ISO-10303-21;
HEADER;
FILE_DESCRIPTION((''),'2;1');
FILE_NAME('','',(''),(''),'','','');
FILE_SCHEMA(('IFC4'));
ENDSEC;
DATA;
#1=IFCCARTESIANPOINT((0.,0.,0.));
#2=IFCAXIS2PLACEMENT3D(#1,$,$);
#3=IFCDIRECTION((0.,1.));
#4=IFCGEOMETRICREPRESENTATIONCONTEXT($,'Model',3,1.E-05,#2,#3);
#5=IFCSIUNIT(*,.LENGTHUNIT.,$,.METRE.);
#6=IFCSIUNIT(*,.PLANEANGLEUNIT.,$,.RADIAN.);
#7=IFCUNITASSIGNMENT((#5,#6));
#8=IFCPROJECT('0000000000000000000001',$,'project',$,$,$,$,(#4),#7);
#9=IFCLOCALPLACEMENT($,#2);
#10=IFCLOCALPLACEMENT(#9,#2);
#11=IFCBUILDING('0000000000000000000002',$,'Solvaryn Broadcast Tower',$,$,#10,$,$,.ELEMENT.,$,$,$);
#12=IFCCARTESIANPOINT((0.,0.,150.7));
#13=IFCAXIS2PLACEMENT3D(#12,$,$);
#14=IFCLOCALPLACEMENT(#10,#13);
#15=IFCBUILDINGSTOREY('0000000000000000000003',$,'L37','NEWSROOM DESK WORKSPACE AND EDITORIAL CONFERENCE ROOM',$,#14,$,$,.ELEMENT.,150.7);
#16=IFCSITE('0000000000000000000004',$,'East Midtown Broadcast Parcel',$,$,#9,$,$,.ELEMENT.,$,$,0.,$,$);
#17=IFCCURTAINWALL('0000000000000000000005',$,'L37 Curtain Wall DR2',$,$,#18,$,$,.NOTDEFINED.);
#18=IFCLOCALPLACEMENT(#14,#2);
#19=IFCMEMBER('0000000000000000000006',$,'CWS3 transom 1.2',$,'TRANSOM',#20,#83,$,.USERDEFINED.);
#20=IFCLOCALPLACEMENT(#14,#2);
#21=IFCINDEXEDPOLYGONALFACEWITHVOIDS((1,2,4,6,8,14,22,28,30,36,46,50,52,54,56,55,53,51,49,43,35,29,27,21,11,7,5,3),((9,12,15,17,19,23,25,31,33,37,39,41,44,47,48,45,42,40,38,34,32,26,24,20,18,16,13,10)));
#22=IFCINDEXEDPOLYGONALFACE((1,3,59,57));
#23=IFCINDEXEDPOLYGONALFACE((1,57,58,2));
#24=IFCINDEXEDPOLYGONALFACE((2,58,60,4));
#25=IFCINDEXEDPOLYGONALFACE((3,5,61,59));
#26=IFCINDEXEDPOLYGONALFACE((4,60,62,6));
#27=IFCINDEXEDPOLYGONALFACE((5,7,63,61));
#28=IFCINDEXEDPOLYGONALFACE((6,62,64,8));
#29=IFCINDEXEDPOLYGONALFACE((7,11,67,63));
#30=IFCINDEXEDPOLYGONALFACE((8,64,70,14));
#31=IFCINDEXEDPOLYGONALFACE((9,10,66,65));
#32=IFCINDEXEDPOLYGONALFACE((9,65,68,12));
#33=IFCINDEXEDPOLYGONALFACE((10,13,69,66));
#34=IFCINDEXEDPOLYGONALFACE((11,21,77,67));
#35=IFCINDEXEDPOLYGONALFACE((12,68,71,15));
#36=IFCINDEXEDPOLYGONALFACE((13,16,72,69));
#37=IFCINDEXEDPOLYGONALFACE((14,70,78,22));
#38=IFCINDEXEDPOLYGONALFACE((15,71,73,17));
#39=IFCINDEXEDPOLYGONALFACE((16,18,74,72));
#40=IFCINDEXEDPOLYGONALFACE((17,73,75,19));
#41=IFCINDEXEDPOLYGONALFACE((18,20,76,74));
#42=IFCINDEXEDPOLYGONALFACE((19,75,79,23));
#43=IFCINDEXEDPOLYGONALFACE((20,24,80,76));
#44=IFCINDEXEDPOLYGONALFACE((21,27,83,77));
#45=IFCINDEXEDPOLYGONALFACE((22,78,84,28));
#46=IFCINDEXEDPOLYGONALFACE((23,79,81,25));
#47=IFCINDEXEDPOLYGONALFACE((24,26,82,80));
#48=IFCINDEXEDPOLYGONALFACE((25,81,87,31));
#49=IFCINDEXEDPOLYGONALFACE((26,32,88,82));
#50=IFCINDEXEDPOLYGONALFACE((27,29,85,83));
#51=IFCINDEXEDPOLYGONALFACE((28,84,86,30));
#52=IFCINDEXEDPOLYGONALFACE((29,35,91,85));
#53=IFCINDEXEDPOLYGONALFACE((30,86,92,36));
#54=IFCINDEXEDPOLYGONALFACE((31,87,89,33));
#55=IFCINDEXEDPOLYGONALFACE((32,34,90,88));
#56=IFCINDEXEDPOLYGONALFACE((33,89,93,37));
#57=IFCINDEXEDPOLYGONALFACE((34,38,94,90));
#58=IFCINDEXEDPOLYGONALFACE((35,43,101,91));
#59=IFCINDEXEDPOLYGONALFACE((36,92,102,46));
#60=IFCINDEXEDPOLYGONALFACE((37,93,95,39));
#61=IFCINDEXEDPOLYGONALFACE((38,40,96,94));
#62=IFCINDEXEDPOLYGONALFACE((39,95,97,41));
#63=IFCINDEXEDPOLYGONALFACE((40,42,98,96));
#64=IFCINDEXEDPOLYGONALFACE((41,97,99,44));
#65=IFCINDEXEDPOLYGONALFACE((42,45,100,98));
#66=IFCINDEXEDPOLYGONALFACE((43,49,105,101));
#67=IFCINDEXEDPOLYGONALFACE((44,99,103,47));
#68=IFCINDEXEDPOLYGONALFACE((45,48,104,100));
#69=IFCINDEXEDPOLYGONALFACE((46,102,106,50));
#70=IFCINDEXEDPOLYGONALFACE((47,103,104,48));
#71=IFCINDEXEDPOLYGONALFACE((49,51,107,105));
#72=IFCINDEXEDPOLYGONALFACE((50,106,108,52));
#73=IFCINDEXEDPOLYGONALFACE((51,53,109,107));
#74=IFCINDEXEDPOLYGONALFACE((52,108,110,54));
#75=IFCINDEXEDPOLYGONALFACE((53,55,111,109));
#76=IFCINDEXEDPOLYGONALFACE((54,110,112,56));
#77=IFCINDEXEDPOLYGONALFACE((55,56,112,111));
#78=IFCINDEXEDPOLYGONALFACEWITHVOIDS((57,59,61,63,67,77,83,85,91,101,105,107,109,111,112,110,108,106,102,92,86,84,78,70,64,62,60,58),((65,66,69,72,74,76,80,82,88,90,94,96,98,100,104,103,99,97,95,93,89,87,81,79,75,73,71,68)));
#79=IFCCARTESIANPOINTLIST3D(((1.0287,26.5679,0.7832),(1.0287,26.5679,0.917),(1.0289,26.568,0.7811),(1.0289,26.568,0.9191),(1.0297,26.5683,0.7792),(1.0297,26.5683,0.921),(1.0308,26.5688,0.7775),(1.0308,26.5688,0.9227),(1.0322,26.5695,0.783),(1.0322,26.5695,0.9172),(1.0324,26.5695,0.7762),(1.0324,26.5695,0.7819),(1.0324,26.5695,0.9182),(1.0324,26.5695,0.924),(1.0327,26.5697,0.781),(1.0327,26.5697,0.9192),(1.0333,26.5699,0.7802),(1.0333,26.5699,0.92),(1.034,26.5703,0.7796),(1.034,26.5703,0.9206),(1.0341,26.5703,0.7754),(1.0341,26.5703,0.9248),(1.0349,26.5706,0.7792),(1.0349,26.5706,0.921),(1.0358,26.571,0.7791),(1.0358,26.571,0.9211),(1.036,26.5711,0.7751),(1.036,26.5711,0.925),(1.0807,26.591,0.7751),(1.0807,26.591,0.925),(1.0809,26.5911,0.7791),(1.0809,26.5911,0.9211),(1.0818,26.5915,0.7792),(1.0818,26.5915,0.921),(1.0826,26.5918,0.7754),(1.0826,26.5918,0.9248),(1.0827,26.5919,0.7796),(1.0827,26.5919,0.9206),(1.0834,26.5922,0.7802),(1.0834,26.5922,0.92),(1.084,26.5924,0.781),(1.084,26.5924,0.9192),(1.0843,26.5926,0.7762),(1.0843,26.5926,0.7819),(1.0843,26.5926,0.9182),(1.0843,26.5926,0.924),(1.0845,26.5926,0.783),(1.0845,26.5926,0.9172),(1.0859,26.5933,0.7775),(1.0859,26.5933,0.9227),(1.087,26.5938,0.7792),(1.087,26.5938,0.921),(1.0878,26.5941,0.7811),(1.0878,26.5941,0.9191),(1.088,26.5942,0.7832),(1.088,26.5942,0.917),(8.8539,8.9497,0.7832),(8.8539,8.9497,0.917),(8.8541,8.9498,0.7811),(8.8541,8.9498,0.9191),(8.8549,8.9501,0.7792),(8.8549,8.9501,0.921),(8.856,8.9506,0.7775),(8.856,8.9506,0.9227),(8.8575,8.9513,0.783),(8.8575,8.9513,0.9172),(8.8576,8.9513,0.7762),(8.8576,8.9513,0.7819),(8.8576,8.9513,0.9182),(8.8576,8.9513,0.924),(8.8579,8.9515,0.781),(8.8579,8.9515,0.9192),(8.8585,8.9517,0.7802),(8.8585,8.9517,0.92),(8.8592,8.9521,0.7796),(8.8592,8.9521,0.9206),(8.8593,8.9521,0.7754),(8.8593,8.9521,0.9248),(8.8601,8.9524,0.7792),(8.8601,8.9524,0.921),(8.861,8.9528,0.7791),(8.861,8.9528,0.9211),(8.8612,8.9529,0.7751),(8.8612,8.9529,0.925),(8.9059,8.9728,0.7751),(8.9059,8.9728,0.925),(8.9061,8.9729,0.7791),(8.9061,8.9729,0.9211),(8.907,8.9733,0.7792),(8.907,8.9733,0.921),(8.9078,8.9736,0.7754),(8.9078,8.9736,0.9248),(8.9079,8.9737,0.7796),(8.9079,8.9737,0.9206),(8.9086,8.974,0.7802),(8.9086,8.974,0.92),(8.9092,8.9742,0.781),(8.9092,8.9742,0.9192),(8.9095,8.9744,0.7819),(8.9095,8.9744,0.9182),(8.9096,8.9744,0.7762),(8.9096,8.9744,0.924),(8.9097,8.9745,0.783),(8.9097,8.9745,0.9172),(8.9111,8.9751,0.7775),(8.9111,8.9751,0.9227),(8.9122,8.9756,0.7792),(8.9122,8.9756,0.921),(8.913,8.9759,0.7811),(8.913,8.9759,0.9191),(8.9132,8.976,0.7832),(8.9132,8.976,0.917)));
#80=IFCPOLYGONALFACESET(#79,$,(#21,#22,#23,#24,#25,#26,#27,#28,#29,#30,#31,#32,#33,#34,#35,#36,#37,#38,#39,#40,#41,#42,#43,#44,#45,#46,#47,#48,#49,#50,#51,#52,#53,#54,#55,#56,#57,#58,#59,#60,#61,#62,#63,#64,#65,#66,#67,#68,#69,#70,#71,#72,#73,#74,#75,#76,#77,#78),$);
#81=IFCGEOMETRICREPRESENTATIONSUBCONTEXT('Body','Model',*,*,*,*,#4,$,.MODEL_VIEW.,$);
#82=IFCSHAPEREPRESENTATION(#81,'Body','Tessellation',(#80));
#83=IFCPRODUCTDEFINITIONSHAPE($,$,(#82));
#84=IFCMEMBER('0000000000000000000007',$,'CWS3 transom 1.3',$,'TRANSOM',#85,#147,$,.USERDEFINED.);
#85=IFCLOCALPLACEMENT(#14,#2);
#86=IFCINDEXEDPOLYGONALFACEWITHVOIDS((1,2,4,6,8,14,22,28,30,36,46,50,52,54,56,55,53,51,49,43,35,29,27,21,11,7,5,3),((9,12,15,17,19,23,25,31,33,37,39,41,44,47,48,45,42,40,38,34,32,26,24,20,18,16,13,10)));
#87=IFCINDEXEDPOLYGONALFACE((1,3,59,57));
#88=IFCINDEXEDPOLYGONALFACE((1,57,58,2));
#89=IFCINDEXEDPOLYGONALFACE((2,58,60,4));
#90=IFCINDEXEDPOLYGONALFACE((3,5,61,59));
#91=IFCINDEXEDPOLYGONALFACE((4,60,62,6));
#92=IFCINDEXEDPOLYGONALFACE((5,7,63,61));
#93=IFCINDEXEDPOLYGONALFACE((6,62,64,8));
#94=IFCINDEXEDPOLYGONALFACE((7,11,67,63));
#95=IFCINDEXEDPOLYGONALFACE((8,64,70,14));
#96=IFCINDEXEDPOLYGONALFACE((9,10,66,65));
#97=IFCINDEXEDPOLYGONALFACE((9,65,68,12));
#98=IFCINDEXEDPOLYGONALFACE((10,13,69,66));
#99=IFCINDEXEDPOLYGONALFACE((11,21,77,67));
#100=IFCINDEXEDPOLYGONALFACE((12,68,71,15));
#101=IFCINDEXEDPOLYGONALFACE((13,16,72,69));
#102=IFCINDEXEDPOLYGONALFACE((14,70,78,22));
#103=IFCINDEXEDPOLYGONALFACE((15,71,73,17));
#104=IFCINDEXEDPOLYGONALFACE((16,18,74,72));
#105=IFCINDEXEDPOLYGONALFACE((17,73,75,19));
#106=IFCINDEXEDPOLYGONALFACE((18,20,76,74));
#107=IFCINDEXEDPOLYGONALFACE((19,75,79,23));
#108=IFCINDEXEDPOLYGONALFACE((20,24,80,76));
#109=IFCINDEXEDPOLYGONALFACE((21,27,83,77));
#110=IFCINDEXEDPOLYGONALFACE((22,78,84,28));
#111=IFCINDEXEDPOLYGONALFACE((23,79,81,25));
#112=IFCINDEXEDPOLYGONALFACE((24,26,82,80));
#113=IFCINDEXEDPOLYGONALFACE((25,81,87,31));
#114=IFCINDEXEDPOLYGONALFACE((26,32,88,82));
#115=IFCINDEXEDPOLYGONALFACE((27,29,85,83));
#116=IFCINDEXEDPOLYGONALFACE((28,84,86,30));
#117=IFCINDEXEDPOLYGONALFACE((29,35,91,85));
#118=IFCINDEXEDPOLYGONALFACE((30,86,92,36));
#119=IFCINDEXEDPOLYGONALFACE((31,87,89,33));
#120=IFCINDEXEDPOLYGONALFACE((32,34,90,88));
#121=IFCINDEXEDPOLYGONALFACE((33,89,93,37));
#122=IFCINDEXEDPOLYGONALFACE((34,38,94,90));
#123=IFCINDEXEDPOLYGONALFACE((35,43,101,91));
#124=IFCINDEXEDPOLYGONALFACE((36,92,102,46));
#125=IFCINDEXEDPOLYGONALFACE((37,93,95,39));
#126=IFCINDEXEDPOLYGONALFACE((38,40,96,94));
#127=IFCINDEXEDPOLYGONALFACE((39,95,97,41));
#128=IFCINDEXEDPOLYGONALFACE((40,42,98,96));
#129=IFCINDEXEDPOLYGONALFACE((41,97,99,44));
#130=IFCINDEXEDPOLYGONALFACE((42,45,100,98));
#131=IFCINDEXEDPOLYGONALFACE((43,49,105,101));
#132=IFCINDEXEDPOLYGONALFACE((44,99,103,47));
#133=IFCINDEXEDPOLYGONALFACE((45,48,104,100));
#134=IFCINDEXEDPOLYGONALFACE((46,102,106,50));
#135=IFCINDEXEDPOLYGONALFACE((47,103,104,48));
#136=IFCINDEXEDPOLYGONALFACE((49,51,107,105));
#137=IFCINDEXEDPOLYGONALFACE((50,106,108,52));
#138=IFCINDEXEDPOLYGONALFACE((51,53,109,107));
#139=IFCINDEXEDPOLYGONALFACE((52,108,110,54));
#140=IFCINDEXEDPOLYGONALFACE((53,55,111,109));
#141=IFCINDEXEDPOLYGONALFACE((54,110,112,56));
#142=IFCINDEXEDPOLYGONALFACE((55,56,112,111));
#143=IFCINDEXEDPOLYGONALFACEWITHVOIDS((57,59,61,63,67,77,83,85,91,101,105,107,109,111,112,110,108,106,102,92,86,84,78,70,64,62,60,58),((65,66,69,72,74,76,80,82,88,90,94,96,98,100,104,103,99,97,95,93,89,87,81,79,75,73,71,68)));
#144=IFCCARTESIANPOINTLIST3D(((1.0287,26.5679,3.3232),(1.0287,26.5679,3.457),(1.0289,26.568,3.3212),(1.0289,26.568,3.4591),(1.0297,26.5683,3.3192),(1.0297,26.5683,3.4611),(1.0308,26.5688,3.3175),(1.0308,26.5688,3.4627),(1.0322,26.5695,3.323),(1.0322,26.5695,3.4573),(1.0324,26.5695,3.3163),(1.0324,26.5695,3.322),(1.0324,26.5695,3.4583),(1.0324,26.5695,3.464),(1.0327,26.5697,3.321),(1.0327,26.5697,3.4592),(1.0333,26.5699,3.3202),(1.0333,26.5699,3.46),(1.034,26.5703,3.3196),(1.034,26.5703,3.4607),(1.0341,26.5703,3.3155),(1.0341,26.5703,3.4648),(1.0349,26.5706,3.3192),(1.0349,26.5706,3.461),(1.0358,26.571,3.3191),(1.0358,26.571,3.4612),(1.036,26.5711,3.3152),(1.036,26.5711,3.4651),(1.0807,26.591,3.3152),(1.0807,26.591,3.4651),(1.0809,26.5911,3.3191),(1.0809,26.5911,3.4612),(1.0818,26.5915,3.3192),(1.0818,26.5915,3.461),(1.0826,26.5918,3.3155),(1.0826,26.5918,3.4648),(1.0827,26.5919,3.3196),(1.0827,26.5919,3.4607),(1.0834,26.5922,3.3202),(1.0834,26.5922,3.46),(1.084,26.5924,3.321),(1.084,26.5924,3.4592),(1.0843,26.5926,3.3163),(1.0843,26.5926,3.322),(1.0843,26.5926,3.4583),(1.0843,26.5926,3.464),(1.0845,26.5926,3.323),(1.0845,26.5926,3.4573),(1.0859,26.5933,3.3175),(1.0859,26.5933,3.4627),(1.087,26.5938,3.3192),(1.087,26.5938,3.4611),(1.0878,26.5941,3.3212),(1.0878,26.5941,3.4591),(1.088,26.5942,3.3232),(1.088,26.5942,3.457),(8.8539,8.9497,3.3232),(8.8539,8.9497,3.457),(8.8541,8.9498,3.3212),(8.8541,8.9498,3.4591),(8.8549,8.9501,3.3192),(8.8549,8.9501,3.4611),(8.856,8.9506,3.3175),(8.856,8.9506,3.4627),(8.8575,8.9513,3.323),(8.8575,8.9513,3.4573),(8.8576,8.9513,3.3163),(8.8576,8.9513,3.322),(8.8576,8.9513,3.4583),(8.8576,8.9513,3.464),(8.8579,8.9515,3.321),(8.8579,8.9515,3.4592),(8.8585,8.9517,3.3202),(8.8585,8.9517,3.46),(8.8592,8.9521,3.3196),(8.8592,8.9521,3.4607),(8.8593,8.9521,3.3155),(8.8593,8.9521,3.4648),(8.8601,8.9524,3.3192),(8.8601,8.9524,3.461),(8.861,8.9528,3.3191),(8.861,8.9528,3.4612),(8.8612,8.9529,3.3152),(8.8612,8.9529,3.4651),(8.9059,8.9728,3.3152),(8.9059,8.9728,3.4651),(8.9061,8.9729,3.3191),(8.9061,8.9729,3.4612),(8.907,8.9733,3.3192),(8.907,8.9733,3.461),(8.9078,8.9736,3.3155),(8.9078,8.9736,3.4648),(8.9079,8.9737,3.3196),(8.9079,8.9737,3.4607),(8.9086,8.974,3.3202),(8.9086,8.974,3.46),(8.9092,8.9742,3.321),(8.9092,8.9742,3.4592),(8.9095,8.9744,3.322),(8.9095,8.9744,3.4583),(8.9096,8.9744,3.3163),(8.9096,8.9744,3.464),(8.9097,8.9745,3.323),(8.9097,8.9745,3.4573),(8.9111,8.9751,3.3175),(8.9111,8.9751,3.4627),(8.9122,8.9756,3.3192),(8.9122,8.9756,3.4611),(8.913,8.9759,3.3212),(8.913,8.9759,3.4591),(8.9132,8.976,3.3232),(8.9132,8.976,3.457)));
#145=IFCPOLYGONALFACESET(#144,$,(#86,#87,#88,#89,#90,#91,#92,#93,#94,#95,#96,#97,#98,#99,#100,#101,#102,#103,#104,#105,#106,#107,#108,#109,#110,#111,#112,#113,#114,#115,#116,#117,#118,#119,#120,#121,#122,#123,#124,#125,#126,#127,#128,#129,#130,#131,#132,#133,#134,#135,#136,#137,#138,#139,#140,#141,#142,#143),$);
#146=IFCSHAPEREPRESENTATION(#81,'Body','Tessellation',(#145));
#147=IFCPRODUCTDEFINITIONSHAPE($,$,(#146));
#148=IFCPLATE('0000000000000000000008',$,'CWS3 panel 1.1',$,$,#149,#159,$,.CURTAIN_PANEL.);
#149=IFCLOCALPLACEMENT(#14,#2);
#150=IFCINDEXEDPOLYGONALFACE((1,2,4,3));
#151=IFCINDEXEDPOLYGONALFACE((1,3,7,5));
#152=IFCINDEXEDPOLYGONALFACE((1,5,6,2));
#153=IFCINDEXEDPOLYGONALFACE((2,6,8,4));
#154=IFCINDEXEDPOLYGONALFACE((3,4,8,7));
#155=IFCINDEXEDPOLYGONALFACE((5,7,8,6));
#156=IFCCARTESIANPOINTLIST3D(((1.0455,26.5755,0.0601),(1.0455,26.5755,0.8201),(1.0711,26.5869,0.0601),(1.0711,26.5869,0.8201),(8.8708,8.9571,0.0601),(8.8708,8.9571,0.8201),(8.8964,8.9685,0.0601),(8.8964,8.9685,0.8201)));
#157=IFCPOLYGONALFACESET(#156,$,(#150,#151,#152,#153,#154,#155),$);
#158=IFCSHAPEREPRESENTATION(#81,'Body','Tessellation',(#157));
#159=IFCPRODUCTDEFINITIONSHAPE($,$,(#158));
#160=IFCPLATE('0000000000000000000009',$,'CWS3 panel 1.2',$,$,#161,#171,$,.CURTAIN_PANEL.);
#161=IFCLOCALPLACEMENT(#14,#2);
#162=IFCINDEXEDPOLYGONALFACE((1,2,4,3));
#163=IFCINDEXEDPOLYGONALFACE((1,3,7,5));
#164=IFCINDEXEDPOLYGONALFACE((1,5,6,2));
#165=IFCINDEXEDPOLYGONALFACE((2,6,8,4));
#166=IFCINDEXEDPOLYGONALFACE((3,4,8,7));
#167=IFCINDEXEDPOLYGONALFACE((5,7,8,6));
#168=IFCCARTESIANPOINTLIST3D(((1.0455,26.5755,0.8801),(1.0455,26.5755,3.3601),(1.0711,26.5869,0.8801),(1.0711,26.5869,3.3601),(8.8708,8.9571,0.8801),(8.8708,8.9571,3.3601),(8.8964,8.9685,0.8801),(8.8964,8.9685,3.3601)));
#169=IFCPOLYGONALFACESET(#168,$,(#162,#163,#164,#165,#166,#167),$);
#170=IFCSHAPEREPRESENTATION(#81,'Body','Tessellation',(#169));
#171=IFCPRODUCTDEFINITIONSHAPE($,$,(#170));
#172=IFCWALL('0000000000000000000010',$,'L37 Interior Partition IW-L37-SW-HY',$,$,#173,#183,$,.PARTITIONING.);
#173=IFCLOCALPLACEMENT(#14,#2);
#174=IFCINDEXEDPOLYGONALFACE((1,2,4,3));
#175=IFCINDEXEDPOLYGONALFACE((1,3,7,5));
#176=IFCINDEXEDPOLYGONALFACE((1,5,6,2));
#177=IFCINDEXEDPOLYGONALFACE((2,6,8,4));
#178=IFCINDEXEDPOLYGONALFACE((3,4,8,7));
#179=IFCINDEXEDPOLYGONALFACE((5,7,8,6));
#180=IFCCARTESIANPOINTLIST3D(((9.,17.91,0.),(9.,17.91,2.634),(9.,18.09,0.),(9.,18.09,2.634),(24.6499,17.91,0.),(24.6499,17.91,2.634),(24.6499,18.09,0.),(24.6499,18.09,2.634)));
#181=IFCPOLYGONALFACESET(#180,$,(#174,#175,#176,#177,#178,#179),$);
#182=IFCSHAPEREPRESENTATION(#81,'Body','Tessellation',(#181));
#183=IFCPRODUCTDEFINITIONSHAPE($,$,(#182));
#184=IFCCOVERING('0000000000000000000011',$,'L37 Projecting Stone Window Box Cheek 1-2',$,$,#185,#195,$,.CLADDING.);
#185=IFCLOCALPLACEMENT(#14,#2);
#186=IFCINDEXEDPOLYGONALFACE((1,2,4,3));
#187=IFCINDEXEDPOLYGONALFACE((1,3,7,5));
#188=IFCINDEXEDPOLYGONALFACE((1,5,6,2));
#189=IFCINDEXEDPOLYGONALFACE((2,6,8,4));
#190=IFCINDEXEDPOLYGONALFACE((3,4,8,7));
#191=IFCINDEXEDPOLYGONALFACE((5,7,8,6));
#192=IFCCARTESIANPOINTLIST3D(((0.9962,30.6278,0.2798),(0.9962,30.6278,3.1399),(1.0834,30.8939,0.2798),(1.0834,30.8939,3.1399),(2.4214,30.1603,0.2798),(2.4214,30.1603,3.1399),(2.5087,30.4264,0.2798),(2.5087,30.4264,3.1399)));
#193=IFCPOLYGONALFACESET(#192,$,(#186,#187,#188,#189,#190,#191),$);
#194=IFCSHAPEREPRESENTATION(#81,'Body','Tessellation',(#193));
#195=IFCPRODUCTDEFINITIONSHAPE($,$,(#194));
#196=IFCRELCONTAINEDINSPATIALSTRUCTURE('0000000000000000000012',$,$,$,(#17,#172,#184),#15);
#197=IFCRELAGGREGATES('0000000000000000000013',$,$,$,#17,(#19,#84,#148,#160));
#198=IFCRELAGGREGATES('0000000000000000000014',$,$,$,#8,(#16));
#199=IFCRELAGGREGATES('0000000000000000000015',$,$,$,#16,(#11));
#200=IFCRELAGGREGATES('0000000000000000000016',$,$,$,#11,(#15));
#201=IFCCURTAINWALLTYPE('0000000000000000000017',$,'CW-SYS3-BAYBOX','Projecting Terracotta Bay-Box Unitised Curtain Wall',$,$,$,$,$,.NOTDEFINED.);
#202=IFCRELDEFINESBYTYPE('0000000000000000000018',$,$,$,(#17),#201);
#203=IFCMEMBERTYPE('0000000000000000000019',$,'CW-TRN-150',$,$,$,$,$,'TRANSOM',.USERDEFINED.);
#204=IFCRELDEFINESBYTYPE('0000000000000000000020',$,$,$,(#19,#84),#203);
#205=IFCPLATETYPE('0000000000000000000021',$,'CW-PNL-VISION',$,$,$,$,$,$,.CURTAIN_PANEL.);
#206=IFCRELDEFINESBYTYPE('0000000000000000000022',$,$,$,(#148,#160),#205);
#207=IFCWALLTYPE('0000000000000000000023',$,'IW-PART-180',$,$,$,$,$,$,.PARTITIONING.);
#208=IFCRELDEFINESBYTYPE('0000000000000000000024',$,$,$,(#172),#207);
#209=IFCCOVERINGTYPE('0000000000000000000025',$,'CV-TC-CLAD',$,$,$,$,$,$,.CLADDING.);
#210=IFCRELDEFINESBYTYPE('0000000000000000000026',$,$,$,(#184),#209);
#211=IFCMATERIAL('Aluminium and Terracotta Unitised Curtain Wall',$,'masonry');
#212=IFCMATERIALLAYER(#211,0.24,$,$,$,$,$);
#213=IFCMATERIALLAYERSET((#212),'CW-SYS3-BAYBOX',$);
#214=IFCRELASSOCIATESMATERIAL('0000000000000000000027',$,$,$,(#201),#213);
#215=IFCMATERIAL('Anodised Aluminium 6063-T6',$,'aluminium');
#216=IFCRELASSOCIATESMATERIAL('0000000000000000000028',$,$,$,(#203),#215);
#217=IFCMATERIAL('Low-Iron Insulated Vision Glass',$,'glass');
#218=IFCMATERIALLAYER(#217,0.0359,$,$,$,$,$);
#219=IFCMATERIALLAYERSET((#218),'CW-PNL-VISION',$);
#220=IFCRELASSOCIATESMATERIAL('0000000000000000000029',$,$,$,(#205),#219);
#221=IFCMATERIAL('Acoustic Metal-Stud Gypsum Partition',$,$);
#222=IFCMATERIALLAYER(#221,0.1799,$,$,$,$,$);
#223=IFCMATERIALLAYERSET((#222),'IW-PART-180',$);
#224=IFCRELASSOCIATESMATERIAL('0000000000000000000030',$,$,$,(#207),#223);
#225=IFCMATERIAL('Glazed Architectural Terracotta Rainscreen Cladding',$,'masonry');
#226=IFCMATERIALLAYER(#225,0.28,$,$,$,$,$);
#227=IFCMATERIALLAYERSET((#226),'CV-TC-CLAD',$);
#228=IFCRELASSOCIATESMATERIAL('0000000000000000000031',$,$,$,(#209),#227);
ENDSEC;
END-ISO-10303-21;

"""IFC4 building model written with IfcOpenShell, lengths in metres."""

from ifc_helpers import new_model, si_unit, direction, frame, frame_2d, origin, origin_2d, place, context, subcontext, project, spatial, rectangle, hollow_rectangle, extrude, material, layer, layer_set, material_profile, profile_set, type_object, element, aggregate, save


model = new_model("IFC4")

# Units and contexts
model_context = context("Model", 3, precision=1e-05, world=origin(), true_north=direction((0.0, 1.0)))
body_context = subcontext(model_context, "Body", "Model", "MODEL_VIEW")
ifc_project = project(units=[si_unit("LENGTHUNIT", "METRE"), si_unit("PLANEANGLEUNIT", "RADIAN")], contexts=[model_context])

# Site, building, storey
site_placement = place(None, origin())
site = spatial("IfcSite", under=ifc_project, at=site_placement, Name="East Midtown Broadcast Parcel", CompositionType="ELEMENT", RefElevation=0.0)
building_placement = place(site_placement, origin())
building = spatial("IfcBuilding", under=site, at=building_placement, Name="Solvaryn Broadcast Tower", CompositionType="ELEMENT")
storey_placement = place(building_placement, frame((0.0, 0.0, 150.7)))
storey = spatial("IfcBuildingStorey", under=building, at=storey_placement, Name="L37", Description="NEWSROOM DESK WORKSPACE AND EDITORIAL CONFERENCE ROOM", CompositionType="ELEMENT", Elevation=150.7)

# Curtain wall, members, plates
ifc_material_1 = material(Name="Aluminium and Terracotta Unitised Curtain Wall", Category="masonry")
ifc_layer_1 = layer(ifc_material_1, 0.24)
ifc_layer_set_1 = layer_set([ifc_layer_1], Name="CW-SYS3-BAYBOX")
curtain_wall_type_1 = type_object("IfcCurtainWallType", Name="CW-SYS3-BAYBOX", Description="Projecting Terracotta Bay-Box Unitised Curtain Wall", PredefinedType="NOTDEFINED", material=ifc_layer_set_1)
curtain_wall_1_placement = place(storey_placement, origin())
curtain_wall_1 = element("IfcCurtainWall", 1, at=curtain_wall_1_placement, inside=storey, type_object=curtain_wall_type_1, Name="L37 Curtain Wall DR2", PredefinedType="NOTDEFINED")
ifc_material_2 = material(Name="Anodised Aluminium 6063-T6", Category="aluminium")
ifc_material_profile_1 = material_profile(ifc_material_2, hollow_rectangle(XDim=0.0649, YDim=0.1499, WallThickness=0.0039, InnerFilletRadius=0.0039, OuterFilletRadius=0.0081, at=origin_2d()))
ifc_profile_set_1 = profile_set([ifc_material_profile_1], Name="Anodised Aluminium 6063-T6")
member_type_1 = type_object("IfcMemberType", Name="CW-TRN-150", ElementType="TRANSOM", PredefinedType="USERDEFINED", material=ifc_profile_set_1)
member_1_placement = place(storey_placement, frame((1.0583, 26.5811, 0.8501), z_axis=(0.405918, -0.91391, 0.0), x_axis=(0.91391, 0.405918, 0.0)))
member_1 = element("IfcMember", 2, at=member_1_placement, type_object=member_type_1, Name="CWS3 transom 1.2", ObjectType="TRANSOM", PredefinedType="USERDEFINED", context=body_context, shape_type="SweptSolid", body=[
    extrude(hollow_rectangle(XDim=0.0649, YDim=0.1499, WallThickness=0.0039, InnerFilletRadius=0.0039, OuterFilletRadius=0.0081, at=origin_2d()), origin(), (0.0, 0.0, 1.0), 19.2778),
])
member_2_placement = place(storey_placement, frame((1.0583, 26.5811, 3.3901), z_axis=(0.405918, -0.91391, 0.0), x_axis=(0.91391, 0.405918, 0.0)))
member_2 = element("IfcMember", 3, at=member_2_placement, type_object=member_type_1, Name="CWS3 transom 1.3", ObjectType="TRANSOM", PredefinedType="USERDEFINED", context=body_context, shape_type="SweptSolid", body=[
    extrude(hollow_rectangle(XDim=0.0649, YDim=0.1499, WallThickness=0.0039, InnerFilletRadius=0.0039, OuterFilletRadius=0.0081, at=origin_2d()), origin(), (0.0, 0.0, 1.0), 19.2778),
])
ifc_material_3 = material(Name="Low-Iron Insulated Vision Glass", Category="glass")
ifc_layer_2 = layer(ifc_material_3, 0.0359)
ifc_layer_set_2 = layer_set([ifc_layer_2], Name="CW-PNL-VISION")
plate_type = type_object("IfcPlateType", Name="CW-PNL-VISION", PredefinedType="CURTAIN_PANEL", material=ifc_layer_set_2)
plate_1_placement = place(storey_placement, frame((4.9709, 17.772, 0.0601), z_axis=(0.0, 0.0, 1.0), x_axis=(0.405918, -0.913909, 0.0)))
plate_1 = element("IfcPlate", 4, at=plate_1_placement, type_object=plate_type, Name="CWS3 panel 1.1", PredefinedType="CURTAIN_PANEL", context=body_context, shape_type="SweptSolid", body=[
    extrude(rectangle(XDim=19.2781, YDim=0.0281, at=origin_2d()), origin(), (0.0, 0.0, 1.0), 0.76),
])
plate_2_placement = place(storey_placement, frame((4.9709, 17.772, 0.8801), z_axis=(0.0, 0.0, 1.0), x_axis=(0.405918, -0.913909, 0.0)))
plate_2 = element("IfcPlate", 5, at=plate_2_placement, type_object=plate_type, Name="CWS3 panel 1.2", PredefinedType="CURTAIN_PANEL", context=body_context, shape_type="SweptSolid", body=[
    extrude(rectangle(XDim=19.2781, YDim=0.0281, at=origin_2d()), origin(), (0.0, 0.0, 1.0), 2.48),
])
aggregate(curtain_wall_1, [member_1, member_2, plate_1, plate_2])

# Wall
ifc_material_4 = material(Name="Acoustic Metal-Stud Gypsum Partition")
ifc_layer_3 = layer(ifc_material_4, 0.1799)
ifc_layer_set_3 = layer_set([ifc_layer_3], Name="IW-PART-180")
wall_type = type_object("IfcWallType", Name="IW-PART-180", PredefinedType="PARTITIONING", material=ifc_layer_set_3)
wall_placement = place(storey_placement, frame((9.0, 18.0, 0.0), z_axis=(0.0, 0.0, 1.0), x_axis=(1.0, 0.0, 0.0)))
element("IfcWall", 6, at=wall_placement, inside=storey, type_object=wall_type, Name="L37 Interior Partition IW-L37-SW-HY", PredefinedType="PARTITIONING", context=body_context, shape_type="SweptSolid", body=[
    extrude(rectangle(XDim=15.6499, YDim=0.1799, at=frame_2d((7.825, 0.0))), origin(), (0.0, 0.0, 1.0), 2.634),
])

# Covering
ifc_material_5 = material(Name="Glazed Architectural Terracotta Rainscreen Cladding", Category="masonry")
ifc_layer_4 = layer(ifc_material_5, 0.28)
ifc_layer_set_4 = layer_set([ifc_layer_4], Name="CV-TC-CLAD")
covering_type_1 = type_object("IfcCoveringType", Name="CV-TC-CLAD", PredefinedType="CLADDING", material=ifc_layer_set_4)
covering_placement = place(storey_placement, frame((1.7524, 30.5271, 0.2798), z_axis=(0.0, 0.0, 1.0), x_axis=(-0.311672, -0.95019, 0.0)))
element("IfcCovering", 7, at=covering_placement, inside=storey, type_object=covering_type_1, Name="L37 Projecting Stone Window Box Cheek 1-2", PredefinedType="CLADDING", context=body_context, shape_type="SweptSolid", body=[
    extrude(rectangle(XDim=0.28, YDim=1.5, at=origin_2d()), origin(), (0.0, 0.0, 1.0), 2.8601),
])

save(model, "model.ifc")
